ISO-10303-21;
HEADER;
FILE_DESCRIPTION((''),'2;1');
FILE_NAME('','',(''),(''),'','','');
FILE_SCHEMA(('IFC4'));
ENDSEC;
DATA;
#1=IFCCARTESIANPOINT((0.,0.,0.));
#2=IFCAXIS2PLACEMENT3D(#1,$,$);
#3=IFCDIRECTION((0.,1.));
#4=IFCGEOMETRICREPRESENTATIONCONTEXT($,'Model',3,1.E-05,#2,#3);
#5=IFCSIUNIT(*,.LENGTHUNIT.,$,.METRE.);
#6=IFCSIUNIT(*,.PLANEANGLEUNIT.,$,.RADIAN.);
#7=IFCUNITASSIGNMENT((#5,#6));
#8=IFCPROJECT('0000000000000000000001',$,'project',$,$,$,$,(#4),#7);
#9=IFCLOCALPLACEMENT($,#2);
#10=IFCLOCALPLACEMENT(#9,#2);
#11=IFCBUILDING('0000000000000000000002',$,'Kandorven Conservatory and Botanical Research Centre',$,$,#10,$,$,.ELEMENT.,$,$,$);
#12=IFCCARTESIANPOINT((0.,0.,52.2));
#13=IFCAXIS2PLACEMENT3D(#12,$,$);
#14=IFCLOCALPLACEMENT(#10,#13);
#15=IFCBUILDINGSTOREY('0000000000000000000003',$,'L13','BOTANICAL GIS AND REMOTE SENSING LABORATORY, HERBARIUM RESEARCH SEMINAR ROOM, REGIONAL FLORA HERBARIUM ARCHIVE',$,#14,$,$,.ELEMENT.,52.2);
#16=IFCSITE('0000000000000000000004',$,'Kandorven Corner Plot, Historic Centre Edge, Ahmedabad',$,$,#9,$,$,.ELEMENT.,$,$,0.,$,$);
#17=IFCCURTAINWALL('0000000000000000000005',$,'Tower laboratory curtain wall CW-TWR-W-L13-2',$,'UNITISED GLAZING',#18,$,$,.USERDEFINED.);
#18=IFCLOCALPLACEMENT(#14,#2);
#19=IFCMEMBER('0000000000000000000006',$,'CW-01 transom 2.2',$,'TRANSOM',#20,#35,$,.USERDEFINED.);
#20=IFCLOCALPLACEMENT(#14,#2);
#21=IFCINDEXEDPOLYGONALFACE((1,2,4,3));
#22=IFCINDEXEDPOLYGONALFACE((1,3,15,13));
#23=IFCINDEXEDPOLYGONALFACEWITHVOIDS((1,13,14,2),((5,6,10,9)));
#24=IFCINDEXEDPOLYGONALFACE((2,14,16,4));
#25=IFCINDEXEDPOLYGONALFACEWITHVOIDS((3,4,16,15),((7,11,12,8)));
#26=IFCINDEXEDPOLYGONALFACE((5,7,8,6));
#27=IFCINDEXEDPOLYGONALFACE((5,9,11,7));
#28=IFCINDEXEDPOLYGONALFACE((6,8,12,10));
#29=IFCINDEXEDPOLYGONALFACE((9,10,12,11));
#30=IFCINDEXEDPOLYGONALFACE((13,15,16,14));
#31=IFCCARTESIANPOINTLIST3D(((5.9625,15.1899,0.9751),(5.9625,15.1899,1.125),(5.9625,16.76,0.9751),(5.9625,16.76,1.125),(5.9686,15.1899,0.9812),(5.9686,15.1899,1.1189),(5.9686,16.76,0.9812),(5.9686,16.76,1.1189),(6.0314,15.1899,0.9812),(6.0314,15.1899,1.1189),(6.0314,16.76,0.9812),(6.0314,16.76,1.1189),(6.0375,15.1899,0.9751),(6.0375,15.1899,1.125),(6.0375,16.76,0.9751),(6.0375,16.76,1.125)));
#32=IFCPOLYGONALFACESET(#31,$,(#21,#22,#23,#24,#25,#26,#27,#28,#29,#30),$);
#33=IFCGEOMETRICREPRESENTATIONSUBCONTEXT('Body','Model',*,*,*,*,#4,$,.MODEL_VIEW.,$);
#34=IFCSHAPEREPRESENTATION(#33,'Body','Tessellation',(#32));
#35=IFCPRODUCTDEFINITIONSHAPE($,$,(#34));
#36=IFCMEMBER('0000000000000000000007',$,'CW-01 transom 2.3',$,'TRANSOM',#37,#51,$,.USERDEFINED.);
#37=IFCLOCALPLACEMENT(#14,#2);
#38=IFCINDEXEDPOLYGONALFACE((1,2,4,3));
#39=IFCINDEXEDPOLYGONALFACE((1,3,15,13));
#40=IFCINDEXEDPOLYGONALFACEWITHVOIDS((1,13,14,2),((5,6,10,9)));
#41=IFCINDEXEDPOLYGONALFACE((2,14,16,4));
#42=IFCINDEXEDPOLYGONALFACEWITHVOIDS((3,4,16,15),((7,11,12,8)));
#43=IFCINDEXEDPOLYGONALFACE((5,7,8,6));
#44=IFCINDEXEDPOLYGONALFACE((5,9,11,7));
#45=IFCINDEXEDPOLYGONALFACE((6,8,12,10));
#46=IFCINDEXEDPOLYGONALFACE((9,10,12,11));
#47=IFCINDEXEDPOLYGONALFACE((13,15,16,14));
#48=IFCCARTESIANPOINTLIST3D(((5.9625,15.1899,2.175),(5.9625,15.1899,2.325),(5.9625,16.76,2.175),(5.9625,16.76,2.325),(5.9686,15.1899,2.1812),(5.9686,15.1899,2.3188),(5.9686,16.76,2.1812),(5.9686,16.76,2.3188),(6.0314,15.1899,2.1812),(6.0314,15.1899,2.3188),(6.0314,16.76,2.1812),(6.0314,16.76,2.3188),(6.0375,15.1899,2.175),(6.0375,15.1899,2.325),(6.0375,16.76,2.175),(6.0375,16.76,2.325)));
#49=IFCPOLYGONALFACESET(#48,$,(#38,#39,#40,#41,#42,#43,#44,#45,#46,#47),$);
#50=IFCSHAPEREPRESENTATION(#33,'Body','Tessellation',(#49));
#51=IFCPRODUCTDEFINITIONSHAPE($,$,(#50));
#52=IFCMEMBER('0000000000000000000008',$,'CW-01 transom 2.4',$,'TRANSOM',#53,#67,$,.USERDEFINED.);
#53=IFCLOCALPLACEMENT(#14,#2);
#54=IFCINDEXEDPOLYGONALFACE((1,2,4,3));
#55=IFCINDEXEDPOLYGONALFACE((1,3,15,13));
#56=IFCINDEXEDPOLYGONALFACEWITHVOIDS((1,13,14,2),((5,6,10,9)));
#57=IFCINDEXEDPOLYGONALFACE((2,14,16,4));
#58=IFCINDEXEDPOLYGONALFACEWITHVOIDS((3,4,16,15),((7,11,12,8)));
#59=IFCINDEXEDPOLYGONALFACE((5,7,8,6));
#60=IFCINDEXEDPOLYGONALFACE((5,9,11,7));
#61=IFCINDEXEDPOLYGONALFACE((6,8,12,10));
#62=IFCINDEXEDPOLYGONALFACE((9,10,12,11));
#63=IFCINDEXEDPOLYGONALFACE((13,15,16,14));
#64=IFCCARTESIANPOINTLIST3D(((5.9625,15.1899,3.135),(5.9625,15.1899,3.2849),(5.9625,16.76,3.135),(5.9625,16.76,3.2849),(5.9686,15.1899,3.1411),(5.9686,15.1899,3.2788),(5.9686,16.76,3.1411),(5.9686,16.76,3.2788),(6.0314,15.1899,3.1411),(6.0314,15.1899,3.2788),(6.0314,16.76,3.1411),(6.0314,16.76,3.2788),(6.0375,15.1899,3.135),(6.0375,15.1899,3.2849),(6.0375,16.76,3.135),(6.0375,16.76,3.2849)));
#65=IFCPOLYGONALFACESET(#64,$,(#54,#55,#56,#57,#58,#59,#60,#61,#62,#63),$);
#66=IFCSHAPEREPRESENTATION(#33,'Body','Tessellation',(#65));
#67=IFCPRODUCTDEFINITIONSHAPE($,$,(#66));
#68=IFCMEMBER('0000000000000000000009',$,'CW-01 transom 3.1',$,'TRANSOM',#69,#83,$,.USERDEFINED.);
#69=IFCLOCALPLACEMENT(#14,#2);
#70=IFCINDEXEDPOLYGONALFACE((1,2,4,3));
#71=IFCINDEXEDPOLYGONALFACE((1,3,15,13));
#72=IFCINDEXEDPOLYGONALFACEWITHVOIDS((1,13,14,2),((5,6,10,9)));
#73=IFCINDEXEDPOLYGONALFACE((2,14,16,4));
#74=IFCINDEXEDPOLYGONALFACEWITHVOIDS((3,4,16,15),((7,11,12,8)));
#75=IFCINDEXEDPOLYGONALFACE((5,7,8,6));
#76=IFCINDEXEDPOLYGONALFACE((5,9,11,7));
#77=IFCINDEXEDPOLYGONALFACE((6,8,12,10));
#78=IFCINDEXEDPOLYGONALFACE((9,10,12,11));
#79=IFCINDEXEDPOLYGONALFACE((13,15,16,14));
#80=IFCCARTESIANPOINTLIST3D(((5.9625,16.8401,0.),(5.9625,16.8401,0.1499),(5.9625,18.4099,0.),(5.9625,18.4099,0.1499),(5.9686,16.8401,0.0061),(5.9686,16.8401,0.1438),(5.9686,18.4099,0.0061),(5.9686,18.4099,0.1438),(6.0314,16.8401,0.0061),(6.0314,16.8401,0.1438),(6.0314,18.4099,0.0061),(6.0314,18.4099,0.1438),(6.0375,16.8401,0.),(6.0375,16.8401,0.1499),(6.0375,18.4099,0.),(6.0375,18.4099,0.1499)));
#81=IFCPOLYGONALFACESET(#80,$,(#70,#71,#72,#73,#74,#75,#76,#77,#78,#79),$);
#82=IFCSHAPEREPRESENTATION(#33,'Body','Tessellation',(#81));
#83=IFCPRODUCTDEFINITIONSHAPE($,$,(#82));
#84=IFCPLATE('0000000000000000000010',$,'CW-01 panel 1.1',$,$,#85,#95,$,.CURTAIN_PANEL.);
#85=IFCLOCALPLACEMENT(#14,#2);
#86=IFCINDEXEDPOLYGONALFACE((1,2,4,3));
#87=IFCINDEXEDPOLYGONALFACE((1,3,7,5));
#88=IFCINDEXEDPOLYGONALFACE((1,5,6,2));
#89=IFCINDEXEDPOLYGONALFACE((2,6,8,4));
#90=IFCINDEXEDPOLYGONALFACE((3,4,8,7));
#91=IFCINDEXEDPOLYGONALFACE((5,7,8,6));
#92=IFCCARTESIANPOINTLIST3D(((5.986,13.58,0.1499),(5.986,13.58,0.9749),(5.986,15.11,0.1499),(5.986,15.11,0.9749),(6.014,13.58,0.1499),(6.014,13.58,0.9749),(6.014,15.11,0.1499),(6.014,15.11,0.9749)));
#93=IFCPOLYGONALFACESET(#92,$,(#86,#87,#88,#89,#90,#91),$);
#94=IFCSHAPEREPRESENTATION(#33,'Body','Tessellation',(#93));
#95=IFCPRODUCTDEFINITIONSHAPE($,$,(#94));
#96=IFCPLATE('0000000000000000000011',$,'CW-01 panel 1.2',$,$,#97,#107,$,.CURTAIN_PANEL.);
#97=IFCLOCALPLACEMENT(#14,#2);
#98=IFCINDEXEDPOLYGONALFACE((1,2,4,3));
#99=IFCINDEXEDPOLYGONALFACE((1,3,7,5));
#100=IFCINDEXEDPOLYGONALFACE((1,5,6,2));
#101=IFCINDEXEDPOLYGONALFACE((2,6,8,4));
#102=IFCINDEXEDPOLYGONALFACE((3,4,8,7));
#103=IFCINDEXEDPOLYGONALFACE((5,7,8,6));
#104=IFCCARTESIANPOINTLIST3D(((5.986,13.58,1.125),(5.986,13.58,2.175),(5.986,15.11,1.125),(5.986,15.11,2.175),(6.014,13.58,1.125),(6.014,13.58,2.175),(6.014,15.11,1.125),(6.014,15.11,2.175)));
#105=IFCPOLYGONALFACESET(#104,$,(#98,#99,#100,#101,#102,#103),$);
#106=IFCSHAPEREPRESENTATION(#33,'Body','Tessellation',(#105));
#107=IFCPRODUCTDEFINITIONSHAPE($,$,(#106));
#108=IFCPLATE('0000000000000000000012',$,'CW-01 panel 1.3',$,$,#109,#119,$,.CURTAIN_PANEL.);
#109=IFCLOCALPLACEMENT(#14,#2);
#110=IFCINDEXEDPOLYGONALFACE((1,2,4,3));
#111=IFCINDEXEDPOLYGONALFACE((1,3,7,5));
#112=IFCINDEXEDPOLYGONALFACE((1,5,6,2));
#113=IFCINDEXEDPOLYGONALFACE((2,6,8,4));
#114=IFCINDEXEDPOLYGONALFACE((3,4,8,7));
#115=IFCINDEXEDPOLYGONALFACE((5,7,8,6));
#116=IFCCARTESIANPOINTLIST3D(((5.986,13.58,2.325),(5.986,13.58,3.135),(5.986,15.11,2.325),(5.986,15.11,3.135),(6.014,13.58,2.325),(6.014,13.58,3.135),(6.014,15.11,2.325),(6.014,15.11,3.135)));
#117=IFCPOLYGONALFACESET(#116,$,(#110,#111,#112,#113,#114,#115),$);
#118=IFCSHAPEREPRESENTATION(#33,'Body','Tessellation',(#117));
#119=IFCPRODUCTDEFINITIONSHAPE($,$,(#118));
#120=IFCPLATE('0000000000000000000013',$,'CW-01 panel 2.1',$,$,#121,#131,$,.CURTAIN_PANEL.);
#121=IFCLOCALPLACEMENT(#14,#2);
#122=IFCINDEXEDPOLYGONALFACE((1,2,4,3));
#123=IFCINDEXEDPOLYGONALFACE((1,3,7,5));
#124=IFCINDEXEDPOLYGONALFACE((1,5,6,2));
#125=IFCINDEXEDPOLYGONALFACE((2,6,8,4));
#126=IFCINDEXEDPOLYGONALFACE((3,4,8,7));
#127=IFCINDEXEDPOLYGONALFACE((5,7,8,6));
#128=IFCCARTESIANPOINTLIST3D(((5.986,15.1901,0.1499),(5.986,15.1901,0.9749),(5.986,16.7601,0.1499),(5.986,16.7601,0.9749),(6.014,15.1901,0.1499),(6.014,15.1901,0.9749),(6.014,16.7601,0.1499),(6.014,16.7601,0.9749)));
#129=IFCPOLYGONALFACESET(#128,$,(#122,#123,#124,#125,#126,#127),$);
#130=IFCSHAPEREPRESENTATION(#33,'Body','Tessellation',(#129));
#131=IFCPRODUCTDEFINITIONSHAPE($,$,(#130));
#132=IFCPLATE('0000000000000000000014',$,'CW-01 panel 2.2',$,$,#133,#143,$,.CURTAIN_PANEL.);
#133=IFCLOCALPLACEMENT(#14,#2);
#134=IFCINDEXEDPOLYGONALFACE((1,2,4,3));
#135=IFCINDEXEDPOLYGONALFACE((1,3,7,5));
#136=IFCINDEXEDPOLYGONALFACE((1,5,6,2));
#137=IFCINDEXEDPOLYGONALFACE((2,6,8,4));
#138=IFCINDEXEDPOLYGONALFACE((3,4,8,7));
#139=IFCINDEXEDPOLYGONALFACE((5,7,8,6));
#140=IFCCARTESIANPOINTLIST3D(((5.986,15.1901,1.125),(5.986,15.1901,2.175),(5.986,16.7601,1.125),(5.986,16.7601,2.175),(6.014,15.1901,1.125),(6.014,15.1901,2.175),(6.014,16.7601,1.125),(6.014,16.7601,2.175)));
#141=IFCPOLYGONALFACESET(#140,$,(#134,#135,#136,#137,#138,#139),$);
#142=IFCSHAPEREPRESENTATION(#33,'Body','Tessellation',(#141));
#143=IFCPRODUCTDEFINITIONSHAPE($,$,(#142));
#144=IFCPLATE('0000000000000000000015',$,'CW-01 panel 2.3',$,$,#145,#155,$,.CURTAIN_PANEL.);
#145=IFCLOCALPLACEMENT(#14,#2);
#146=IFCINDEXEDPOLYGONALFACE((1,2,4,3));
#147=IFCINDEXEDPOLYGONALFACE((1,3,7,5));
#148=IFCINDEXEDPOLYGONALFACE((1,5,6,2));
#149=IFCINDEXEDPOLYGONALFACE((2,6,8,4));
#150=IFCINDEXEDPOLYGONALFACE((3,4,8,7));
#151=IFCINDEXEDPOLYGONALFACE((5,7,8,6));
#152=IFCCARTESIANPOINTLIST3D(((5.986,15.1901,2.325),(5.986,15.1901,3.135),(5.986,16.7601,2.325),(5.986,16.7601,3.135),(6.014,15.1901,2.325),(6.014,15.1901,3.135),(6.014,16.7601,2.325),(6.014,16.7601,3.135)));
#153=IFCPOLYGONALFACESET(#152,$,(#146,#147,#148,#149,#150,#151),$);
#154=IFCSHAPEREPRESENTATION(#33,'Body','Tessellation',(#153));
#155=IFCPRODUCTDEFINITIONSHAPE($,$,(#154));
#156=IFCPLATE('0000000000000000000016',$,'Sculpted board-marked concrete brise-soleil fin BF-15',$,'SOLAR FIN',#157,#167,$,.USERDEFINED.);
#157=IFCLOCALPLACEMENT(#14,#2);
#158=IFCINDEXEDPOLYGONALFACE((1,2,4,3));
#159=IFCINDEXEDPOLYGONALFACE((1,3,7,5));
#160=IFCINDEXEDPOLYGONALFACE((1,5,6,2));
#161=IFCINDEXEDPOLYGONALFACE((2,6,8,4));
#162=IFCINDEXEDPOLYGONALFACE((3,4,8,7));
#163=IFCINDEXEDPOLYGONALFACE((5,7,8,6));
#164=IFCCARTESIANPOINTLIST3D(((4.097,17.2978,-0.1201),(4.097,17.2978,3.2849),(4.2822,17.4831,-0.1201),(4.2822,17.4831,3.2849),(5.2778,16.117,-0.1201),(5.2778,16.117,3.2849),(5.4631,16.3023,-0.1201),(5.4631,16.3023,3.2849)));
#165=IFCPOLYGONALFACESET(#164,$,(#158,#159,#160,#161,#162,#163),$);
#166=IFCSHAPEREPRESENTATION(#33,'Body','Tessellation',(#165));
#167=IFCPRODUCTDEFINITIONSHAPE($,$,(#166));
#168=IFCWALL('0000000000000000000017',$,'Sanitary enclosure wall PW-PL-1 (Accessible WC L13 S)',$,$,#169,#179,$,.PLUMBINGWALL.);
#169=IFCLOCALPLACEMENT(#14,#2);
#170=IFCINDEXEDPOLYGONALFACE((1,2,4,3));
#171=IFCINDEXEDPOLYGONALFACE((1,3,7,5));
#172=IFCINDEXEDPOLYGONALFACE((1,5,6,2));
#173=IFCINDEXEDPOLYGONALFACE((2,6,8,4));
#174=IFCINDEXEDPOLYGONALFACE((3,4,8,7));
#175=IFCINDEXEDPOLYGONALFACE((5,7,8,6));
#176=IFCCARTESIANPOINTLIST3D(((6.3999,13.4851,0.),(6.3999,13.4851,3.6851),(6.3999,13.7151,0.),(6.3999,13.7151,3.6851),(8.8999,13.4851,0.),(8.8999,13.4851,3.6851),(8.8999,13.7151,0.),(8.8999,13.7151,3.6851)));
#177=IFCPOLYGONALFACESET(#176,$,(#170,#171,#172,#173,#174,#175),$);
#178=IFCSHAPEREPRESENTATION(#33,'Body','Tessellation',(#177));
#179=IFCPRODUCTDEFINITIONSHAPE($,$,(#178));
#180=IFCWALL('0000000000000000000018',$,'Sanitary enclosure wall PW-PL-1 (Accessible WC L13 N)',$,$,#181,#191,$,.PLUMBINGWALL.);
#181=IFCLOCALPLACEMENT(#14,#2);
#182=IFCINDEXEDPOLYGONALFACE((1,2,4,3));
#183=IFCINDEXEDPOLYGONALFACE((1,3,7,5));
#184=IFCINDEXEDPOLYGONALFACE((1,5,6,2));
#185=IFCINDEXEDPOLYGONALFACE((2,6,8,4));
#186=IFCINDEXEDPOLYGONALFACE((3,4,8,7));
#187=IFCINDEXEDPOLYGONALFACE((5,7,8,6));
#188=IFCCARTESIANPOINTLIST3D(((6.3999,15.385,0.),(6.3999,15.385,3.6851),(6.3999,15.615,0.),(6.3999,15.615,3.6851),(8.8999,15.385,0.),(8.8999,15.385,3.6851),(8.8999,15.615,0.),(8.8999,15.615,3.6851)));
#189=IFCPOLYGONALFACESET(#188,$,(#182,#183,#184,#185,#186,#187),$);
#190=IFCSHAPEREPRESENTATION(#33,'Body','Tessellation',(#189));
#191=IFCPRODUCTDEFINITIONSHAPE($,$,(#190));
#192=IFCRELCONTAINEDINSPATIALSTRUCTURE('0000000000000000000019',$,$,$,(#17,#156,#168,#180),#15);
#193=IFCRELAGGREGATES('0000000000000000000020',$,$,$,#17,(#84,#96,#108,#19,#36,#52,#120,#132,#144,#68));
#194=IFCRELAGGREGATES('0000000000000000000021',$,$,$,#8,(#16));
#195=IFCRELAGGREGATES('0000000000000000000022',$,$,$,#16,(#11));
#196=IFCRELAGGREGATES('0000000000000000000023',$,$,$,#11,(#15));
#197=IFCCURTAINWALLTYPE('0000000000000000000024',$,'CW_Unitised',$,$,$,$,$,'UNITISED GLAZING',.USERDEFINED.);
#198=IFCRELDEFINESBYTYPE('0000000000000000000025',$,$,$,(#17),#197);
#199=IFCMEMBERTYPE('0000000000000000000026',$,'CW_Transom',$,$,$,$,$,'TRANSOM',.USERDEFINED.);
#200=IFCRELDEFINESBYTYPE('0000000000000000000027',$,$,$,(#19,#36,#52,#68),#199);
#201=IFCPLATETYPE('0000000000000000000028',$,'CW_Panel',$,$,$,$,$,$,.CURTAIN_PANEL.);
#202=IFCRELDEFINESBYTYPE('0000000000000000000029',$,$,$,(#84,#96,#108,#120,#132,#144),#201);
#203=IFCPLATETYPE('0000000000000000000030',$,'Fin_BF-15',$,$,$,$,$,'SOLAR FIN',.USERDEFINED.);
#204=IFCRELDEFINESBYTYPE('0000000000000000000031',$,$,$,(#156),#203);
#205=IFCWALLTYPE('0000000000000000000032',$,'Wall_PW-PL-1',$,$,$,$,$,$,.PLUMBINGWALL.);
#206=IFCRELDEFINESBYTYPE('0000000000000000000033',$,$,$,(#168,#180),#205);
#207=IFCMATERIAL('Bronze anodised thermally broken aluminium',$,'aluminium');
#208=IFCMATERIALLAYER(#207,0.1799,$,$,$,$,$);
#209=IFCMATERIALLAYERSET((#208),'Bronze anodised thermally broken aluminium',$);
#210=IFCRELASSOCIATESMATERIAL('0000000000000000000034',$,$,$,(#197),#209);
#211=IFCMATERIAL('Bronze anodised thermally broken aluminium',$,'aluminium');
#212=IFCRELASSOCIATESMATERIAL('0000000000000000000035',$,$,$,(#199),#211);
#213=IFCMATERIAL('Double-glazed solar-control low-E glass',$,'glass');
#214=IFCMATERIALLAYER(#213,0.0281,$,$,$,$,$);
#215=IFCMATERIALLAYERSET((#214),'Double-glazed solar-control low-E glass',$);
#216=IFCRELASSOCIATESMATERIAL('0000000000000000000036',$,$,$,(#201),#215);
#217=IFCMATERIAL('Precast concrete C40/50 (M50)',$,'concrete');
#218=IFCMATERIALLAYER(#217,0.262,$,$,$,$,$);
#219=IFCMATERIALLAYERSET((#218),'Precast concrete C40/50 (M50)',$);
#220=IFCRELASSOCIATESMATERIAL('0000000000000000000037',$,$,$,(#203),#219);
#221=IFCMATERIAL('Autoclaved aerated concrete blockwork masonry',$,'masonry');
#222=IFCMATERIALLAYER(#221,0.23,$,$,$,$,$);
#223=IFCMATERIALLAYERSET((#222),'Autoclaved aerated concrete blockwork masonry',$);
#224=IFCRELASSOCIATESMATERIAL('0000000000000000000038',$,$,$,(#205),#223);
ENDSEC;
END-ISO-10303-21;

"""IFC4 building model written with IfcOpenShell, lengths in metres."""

from ifc_helpers import new_model, si_unit, direction, frame, frame_2d, origin, origin_2d, place, context, subcontext, project, spatial, rectangle, hollow_rectangle, extrude, material, layer, layer_set, material_profile, profile_set, type_object, element, aggregate, save


model = new_model("IFC4")

# Units and contexts
model_context = context("Model", 3, precision=1e-05, world=origin(), true_north=direction((0.0, 1.0)))
body_context = subcontext(model_context, "Body", "Model", "MODEL_VIEW")
ifc_project = project(units=[si_unit("LENGTHUNIT", "METRE"), si_unit("PLANEANGLEUNIT", "RADIAN")], contexts=[model_context])

# Site, building, storey
site_placement = place(None, origin())
site = spatial("IfcSite", under=ifc_project, at=site_placement, Name="Kandorven Corner Plot, Historic Centre Edge, Ahmedabad", CompositionType="ELEMENT", RefElevation=0.0)
building_placement = place(site_placement, origin())
building = spatial("IfcBuilding", under=site, at=building_placement, Name="Kandorven Conservatory and Botanical Research Centre", CompositionType="ELEMENT")
storey_placement = place(building_placement, frame((0.0, 0.0, 52.2)))
storey = spatial("IfcBuildingStorey", under=building, at=storey_placement, Name="L13", Description="BOTANICAL GIS AND REMOTE SENSING LABORATORY, HERBARIUM RESEARCH SEMINAR ROOM, REGIONAL FLORA HERBARIUM ARCHIVE", CompositionType="ELEMENT", Elevation=52.2)

# Curtain wall, members, plates
ifc_material_1 = material(Name="Bronze anodised thermally broken aluminium", Category="aluminium")
ifc_layer_1 = layer(ifc_material_1, 0.1799)
ifc_layer_set_1 = layer_set([ifc_layer_1], Name="Bronze anodised thermally broken aluminium")
curtain_wall_type = type_object("IfcCurtainWallType", Name="CW_Unitised", ElementType="UNITISED GLAZING", PredefinedType="USERDEFINED", material=ifc_layer_set_1)
curtain_wall_placement = place(storey_placement, origin())
curtain_wall = element("IfcCurtainWall", 1, at=curtain_wall_placement, inside=storey, type_object=curtain_wall_type, Name="Tower laboratory curtain wall CW-TWR-W-L13-2", ObjectType="UNITISED GLAZING", PredefinedType="USERDEFINED")
ifc_material_2 = material(Name="Bronze anodised thermally broken aluminium", Category="aluminium")
ifc_material_profile_1 = material_profile(ifc_material_2, hollow_rectangle(XDim=0.075, YDim=0.1499, WallThickness=0.0061, at=origin_2d()))
ifc_profile_set_1 = profile_set([ifc_material_profile_1], Name="Bronze anodised thermally broken aluminium")
member_type_1 = type_object("IfcMemberType", Name="CW_Transom", ElementType="TRANSOM", PredefinedType="USERDEFINED", material=ifc_profile_set_1)
member_1_placement = place(storey_placement, frame((6.0, 15.1899, 1.05), z_axis=(0.0, 1.0, 0.0), x_axis=(-1.0, 0.0, 0.0)))
member_1 = element("IfcMember", 2, at=member_1_placement, type_object=member_type_1, Name="CW-01 transom 2.2", ObjectType="TRANSOM", PredefinedType="USERDEFINED", context=body_context, shape_type="SweptSolid", body=[
    extrude(hollow_rectangle(XDim=0.075, YDim=0.1499, WallThickness=0.0061, at=origin_2d()), origin(), (0.0, 0.0, 1.0), 1.5701),
])
member_2_placement = place(storey_placement, frame((6.0, 15.1899, 2.25), z_axis=(0.0, 1.0, 0.0), x_axis=(-1.0, 0.0, 0.0)))
member_2 = element("IfcMember", 3, at=member_2_placement, type_object=member_type_1, Name="CW-01 transom 2.3", ObjectType="TRANSOM", PredefinedType="USERDEFINED", context=body_context, shape_type="SweptSolid", body=[
    extrude(hollow_rectangle(XDim=0.075, YDim=0.1499, WallThickness=0.0061, at=origin_2d()), origin(), (0.0, 0.0, 1.0), 1.5701),
])
member_3_placement = place(storey_placement, frame((6.0, 15.1899, 3.21), z_axis=(0.0, 1.0, 0.0), x_axis=(-1.0, 0.0, 0.0)))
member_3 = element("IfcMember", 4, at=member_3_placement, type_object=member_type_1, Name="CW-01 transom 2.4", ObjectType="TRANSOM", PredefinedType="USERDEFINED", context=body_context, shape_type="SweptSolid", body=[
    extrude(hollow_rectangle(XDim=0.075, YDim=0.1499, WallThickness=0.0061, at=origin_2d()), origin(), (0.0, 0.0, 1.0), 1.5701),
])
member_4_placement = place(storey_placement, frame((6.0, 16.8401, 0.075), z_axis=(0.0, 1.0, 0.0), x_axis=(-1.0, 0.0, 0.0)))
member_4 = element("IfcMember", 5, at=member_4_placement, type_object=member_type_1, Name="CW-01 transom 3.1", ObjectType="TRANSOM", PredefinedType="USERDEFINED", context=body_context, shape_type="SweptSolid", body=[
    extrude(hollow_rectangle(XDim=0.075, YDim=0.1499, WallThickness=0.0061, at=origin_2d()), origin(), (0.0, 0.0, 1.0), 1.5698),
])
ifc_material_3 = material(Name="Double-glazed solar-control low-E glass", Category="glass")
ifc_layer_2 = layer(ifc_material_3, 0.0281)
ifc_layer_set_2 = layer_set([ifc_layer_2], Name="Double-glazed solar-control low-E glass")
plate_type_1 = type_object("IfcPlateType", Name="CW_Panel", PredefinedType="CURTAIN_PANEL", material=ifc_layer_set_2)
plate_1_placement = place(storey_placement, frame((6.0, 14.345, 0.1499), z_axis=(0.0, 0.0, 1.0), x_axis=(0.0, 1.0, 0.0)))
plate_1 = element("IfcPlate", 6, at=plate_1_placement, type_object=plate_type_1, Name="CW-01 panel 1.1", PredefinedType="CURTAIN_PANEL", context=body_context, shape_type="SweptSolid", body=[
    extrude(rectangle(XDim=1.53, YDim=0.0281, at=origin_2d()), origin(), (0.0, 0.0, 1.0), 0.825),
])
plate_2_placement = place(storey_placement, frame((6.0, 14.345, 1.125), z_axis=(0.0, 0.0, 1.0), x_axis=(0.0, 1.0, 0.0)))
plate_2 = element("IfcPlate", 7, at=plate_2_placement, type_object=plate_type_1, Name="CW-01 panel 1.2", PredefinedType="CURTAIN_PANEL", context=body_context, shape_type="SweptSolid", body=[
    extrude(rectangle(XDim=1.53, YDim=0.0281, at=origin_2d()), origin(), (0.0, 0.0, 1.0), 1.05),
])
plate_3_placement = place(storey_placement, frame((6.0, 14.345, 2.325), z_axis=(0.0, 0.0, 1.0), x_axis=(0.0, 1.0, 0.0)))
plate_3 = element("IfcPlate", 8, at=plate_3_placement, type_object=plate_type_1, Name="CW-01 panel 1.3", PredefinedType="CURTAIN_PANEL", context=body_context, shape_type="SweptSolid", body=[
    extrude(rectangle(XDim=1.53, YDim=0.0281, at=origin_2d()), origin(), (0.0, 0.0, 1.0), 0.8101),
])
plate_4_placement = place(storey_placement, frame((6.0, 15.9751, 0.1499), z_axis=(0.0, 0.0, 1.0), x_axis=(0.0, 1.0, 0.0)))
plate_4 = element("IfcPlate", 9, at=plate_4_placement, type_object=plate_type_1, Name="CW-01 panel 2.1", PredefinedType="CURTAIN_PANEL", context=body_context, shape_type="SweptSolid", body=[
    extrude(rectangle(XDim=1.5701, YDim=0.0281, at=origin_2d()), origin(), (0.0, 0.0, 1.0), 0.825),
])
plate_5_placement = place(storey_placement, frame((6.0, 15.9751, 1.125), z_axis=(0.0, 0.0, 1.0), x_axis=(0.0, 1.0, 0.0)))
plate_5 = element("IfcPlate", 10, at=plate_5_placement, type_object=plate_type_1, Name="CW-01 panel 2.2", PredefinedType="CURTAIN_PANEL", context=body_context, shape_type="SweptSolid", body=[
    extrude(rectangle(XDim=1.5701, YDim=0.0281, at=origin_2d()), origin(), (0.0, 0.0, 1.0), 1.05),
])
plate_6_placement = place(storey_placement, frame((6.0, 15.9751, 2.325), z_axis=(0.0, 0.0, 1.0), x_axis=(0.0, 1.0, 0.0)))
plate_6 = element("IfcPlate", 11, at=plate_6_placement, type_object=plate_type_1, Name="CW-01 panel 2.3", PredefinedType="CURTAIN_PANEL", context=body_context, shape_type="SweptSolid", body=[
    extrude(rectangle(XDim=1.5701, YDim=0.0281, at=origin_2d()), origin(), (0.0, 0.0, 1.0), 0.8101),
])
aggregate(curtain_wall, [plate_1, plate_2, plate_3, member_1, member_2, member_3, plate_4, plate_5, plate_6, member_4])

# Plate
ifc_material_4 = material(Name="Precast concrete C40/50 (M50)", Category="concrete")
ifc_layer_3 = layer(ifc_material_4, 0.262)
ifc_layer_set_3 = layer_set([ifc_layer_3], Name="Precast concrete C40/50 (M50)")
plate_type_2 = type_object("IfcPlateType", Name="Fin_BF-15", ElementType="SOLAR FIN", PredefinedType="USERDEFINED", material=ifc_layer_set_3)
plate_7_placement = place(storey_placement, frame((4.78, 16.8, -0.1201), z_axis=(0.0, 0.0, 1.0), x_axis=(-0.707107, 0.707107, 0.0)))
element("IfcPlate", 12, at=plate_7_placement, inside=storey, type_object=plate_type_2, Name="Sculpted board-marked concrete brise-soleil fin BF-15", ObjectType="SOLAR FIN", PredefinedType="USERDEFINED", context=body_context, shape_type="SweptSolid", body=[
    extrude(rectangle(XDim=1.6699, YDim=0.262, at=origin_2d()), origin(), (0.0, 0.0, 1.0), 3.405),
])

# Shared definitions
ifc_material_5 = material(Name="Autoclaved aerated concrete blockwork masonry", Category="masonry")
ifc_layer_4 = layer(ifc_material_5, 0.23)
ifc_layer_set_4 = layer_set([ifc_layer_4], Name="Autoclaved aerated concrete blockwork masonry")
wall_type_1 = type_object("IfcWallType", Name="Wall_PW-PL-1", PredefinedType="PLUMBINGWALL", material=ifc_layer_set_4)

# Walls
for number, where, z_axis, x_axis, name in (
    (13, (6.3999, 13.6001, 0.0), (0.0, 0.0, 1.0), (1.0, 0.0, 0.0), "Sanitary enclosure wall PW-PL-1 (Accessible WC L13 S)"),
    (14, (6.3999, 15.5, 0.0), (0.0, 0.0, 1.0), (1.0, 0.0, 0.0), "Sanitary enclosure wall PW-PL-1 (Accessible WC L13 N)"),
):
    element("IfcWall", number, at=place(storey_placement, frame(where, z_axis=z_axis, x_axis=x_axis)), inside=storey, type_object=wall_type_1, Name=name, PredefinedType="PLUMBINGWALL", context=body_context, shape_type="SweptSolid", body=[
        extrude(rectangle(XDim=2.5, YDim=0.23, at=frame_2d((1.25, 0.0))), origin(), (0.0, 0.0, 1.0), 3.6851),
    ])

save(model, "model.ifc")
